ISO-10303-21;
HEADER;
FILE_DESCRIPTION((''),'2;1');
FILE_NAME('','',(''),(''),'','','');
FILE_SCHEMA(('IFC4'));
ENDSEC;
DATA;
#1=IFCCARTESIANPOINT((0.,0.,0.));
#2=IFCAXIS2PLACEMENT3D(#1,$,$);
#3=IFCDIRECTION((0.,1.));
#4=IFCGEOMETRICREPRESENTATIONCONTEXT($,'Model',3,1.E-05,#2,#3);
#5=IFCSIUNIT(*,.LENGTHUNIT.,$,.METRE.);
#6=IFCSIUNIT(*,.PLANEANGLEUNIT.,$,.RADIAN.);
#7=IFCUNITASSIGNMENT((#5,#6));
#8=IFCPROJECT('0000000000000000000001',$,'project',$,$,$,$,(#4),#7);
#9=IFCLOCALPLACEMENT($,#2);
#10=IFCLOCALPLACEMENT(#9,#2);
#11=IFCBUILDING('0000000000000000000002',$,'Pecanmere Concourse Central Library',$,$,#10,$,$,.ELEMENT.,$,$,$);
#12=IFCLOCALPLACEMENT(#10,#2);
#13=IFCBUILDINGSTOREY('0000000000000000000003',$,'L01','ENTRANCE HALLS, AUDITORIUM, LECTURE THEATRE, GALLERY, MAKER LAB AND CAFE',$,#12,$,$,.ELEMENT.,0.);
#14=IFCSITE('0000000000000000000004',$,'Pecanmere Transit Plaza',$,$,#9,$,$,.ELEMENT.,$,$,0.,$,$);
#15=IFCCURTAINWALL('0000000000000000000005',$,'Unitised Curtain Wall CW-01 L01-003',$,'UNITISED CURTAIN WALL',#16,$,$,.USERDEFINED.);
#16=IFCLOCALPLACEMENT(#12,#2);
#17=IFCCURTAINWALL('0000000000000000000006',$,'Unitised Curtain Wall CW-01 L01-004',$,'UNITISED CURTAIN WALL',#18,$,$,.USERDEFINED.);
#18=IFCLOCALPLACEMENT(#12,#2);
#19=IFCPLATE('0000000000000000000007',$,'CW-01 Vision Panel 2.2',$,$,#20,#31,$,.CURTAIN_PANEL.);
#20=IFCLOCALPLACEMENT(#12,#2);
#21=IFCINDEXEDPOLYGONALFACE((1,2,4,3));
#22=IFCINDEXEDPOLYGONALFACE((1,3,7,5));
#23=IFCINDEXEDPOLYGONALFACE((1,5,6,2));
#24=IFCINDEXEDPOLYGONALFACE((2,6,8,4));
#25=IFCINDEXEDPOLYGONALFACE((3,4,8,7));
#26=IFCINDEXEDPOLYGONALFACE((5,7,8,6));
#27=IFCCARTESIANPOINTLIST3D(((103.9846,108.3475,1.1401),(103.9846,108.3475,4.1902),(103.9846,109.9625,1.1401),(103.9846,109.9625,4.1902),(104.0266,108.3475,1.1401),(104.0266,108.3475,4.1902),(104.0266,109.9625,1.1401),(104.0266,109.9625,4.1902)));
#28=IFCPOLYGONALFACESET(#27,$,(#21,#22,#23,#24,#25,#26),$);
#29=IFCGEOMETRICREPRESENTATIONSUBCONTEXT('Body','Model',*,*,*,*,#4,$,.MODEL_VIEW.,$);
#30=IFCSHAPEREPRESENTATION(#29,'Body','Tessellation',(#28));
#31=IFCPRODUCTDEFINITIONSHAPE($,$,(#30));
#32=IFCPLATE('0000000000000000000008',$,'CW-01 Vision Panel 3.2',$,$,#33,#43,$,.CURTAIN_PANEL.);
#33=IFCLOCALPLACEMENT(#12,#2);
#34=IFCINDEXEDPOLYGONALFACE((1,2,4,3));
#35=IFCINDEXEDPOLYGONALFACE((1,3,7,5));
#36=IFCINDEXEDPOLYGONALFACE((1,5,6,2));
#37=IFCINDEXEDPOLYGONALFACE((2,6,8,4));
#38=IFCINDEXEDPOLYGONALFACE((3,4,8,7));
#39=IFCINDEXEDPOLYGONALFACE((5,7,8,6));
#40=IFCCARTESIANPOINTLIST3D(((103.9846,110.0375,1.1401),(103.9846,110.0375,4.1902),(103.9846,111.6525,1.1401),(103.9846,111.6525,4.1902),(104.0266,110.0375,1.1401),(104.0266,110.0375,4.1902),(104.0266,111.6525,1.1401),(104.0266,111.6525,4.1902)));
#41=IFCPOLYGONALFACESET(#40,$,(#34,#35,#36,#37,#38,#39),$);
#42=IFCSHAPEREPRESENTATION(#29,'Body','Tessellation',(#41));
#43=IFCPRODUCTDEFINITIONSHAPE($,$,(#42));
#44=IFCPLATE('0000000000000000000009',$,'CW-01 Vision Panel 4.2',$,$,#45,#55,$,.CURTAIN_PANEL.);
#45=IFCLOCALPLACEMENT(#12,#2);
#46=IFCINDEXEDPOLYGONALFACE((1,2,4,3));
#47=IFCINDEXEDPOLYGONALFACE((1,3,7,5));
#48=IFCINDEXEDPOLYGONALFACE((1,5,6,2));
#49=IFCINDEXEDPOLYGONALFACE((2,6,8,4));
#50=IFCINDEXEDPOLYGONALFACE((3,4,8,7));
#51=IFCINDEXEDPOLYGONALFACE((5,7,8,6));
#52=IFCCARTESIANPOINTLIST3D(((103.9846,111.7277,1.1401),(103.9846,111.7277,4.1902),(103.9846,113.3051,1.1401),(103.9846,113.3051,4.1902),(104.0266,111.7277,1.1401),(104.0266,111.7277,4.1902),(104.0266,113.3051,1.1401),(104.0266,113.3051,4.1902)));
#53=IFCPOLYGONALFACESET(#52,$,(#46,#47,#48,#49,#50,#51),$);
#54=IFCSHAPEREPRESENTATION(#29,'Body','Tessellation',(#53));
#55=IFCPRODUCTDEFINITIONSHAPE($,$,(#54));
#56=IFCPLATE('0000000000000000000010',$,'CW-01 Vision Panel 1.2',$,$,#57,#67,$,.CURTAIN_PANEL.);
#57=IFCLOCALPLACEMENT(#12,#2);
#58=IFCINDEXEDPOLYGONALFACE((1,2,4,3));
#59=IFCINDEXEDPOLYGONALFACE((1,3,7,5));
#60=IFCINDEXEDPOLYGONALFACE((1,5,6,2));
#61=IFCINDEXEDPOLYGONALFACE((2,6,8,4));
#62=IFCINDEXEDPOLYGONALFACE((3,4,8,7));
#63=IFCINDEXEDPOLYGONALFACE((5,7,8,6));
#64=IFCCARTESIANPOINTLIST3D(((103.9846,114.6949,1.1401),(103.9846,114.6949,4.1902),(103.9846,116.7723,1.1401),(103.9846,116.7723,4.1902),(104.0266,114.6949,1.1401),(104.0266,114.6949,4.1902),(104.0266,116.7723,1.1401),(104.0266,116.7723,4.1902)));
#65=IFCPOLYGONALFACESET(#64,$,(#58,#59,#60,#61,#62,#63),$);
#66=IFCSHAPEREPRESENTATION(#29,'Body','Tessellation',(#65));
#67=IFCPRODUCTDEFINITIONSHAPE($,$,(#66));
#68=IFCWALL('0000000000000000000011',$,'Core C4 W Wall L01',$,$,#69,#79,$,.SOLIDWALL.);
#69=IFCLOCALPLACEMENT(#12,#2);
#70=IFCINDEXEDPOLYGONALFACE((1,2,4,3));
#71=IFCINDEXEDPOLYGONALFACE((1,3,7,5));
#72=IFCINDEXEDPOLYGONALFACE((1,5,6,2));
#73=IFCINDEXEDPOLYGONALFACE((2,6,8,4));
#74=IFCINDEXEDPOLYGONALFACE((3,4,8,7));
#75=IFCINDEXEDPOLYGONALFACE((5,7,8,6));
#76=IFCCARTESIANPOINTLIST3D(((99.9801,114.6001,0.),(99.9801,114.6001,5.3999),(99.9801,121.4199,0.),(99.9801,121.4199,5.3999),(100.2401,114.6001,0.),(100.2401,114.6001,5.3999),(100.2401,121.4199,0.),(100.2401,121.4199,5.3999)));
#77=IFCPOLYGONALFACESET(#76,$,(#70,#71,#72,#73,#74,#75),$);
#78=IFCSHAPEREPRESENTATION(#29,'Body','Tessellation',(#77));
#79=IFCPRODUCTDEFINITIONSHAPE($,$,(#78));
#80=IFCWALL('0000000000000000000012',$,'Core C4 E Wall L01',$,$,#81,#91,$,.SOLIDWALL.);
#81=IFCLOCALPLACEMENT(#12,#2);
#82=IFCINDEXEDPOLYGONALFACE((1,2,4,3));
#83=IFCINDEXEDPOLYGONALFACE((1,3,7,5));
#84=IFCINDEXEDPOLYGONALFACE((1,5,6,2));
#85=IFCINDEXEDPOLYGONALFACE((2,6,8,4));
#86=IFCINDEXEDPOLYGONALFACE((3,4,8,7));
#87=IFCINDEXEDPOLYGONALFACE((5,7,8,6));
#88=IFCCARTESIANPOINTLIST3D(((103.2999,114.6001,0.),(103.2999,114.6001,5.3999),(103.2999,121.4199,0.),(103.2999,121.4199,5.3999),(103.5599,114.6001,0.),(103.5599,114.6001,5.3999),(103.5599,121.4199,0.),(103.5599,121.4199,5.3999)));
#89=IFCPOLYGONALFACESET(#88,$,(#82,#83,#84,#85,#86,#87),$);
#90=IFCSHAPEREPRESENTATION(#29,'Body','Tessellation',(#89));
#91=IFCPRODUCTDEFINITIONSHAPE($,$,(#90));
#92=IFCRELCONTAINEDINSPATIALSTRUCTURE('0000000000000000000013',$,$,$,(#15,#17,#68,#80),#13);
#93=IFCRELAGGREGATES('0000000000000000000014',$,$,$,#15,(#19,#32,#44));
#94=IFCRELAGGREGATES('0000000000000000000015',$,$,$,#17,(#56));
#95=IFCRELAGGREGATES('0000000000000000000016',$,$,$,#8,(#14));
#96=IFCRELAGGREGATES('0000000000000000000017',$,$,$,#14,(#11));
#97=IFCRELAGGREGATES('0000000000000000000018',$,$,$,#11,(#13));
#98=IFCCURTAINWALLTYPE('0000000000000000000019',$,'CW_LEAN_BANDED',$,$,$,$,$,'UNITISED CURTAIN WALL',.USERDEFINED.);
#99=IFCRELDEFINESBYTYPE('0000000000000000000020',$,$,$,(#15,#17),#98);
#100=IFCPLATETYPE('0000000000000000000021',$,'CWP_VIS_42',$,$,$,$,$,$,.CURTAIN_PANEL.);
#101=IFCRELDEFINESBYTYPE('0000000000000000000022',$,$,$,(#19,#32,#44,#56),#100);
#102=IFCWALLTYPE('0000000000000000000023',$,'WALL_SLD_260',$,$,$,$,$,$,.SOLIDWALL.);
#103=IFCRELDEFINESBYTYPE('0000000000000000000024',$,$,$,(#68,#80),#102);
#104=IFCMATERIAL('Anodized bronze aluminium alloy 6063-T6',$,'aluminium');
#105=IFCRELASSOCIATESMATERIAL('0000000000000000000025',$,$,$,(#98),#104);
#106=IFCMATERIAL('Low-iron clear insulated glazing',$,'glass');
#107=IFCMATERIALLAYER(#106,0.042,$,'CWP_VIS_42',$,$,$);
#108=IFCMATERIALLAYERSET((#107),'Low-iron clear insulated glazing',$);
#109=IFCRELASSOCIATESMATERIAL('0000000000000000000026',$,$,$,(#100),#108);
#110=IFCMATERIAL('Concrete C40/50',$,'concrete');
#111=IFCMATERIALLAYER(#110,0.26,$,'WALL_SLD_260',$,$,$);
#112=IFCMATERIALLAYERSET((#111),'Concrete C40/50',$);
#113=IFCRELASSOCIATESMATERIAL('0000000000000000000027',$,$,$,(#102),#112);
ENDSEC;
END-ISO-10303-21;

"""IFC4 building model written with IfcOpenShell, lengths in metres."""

from ifc_helpers import new_model, si_unit, direction, frame, frame_2d, origin, origin_2d, place, context, subcontext, project, spatial, rectangle, extrude, material, layer, layer_set, type_object, element, aggregate, save


model = new_model("IFC4")

# Units and contexts
model_context = context("Model", 3, precision=1e-05, world=origin(), true_north=direction((0.0, 1.0)))
body_context = subcontext(model_context, "Body", "Model", "MODEL_VIEW")
ifc_project = project(units=[si_unit("LENGTHUNIT", "METRE"), si_unit("PLANEANGLEUNIT", "RADIAN")], contexts=[model_context])

# Site, building, storey
site_placement = place(None, origin())
site = spatial("IfcSite", under=ifc_project, at=site_placement, Name="Pecanmere Transit Plaza", CompositionType="ELEMENT", RefElevation=0.0)
building_placement = place(site_placement, origin())
building = spatial("IfcBuilding", under=site, at=building_placement, Name="Pecanmere Concourse Central Library", CompositionType="ELEMENT")
storey_placement = place(building_placement, origin())
storey = spatial("IfcBuildingStorey", under=building, at=storey_placement, Name="L01", Description="ENTRANCE HALLS, AUDITORIUM, LECTURE THEATRE, GALLERY, MAKER LAB AND CAFE", CompositionType="ELEMENT", Elevation=0.0)

# Curtain wall
ifc_material_1 = material(Name="Anodized bronze aluminium alloy 6063-T6", Category="aluminium")
curtain_wall_type = type_object("IfcCurtainWallType", Name="CW_LEAN_BANDED", ElementType="UNITISED CURTAIN WALL", PredefinedType="USERDEFINED", material=ifc_material_1)
curtain_wall_1_placement = place(storey_placement, origin())
curtain_wall_1 = element("IfcCurtainWall", 1, at=curtain_wall_1_placement, inside=storey, type_object=curtain_wall_type, Name="Unitised Curtain Wall CW-01 L01-003", ObjectType="UNITISED CURTAIN WALL", PredefinedType="USERDEFINED")

# Curtain wall
curtain_wall_2_placement = place(storey_placement, origin())
curtain_wall_2 = element("IfcCurtainWall", 2, at=curtain_wall_2_placement, inside=storey, type_object=curtain_wall_type, Name="Unitised Curtain Wall CW-01 L01-004", ObjectType="UNITISED CURTAIN WALL", PredefinedType="USERDEFINED")

# Plates
ifc_material_2 = material(Name="Low-iron clear insulated glazing", Category="glass")
ifc_layer_1 = layer(ifc_material_2, 0.042, Name="CWP_VIS_42")
ifc_layer_set_1 = layer_set([ifc_layer_1], Name="Low-iron clear insulated glazing")
plate_type_1 = type_object("IfcPlateType", Name="CWP_VIS_42", PredefinedType="CURTAIN_PANEL", material=ifc_layer_set_1)
plate_1_placement = place(storey_placement, frame((104.0056, 109.155, 1.1401), z_axis=(0.0, 0.0, 1.0), x_axis=(0.0, 1.0, 0.0)))
plate_1 = element("IfcPlate", 3, at=plate_1_placement, type_object=plate_type_1, Name="CW-01 Vision Panel 2.2", PredefinedType="CURTAIN_PANEL", context=body_context, shape_type="SweptSolid", body=[
    extrude(rectangle(XDim=1.615, YDim=0.042, at=origin_2d()), origin(), (0.0, 0.0, 1.0), 3.05),
])
plate_2_placement = place(storey_placement, frame((104.0056, 110.845, 1.1401), z_axis=(0.0, 0.0, 1.0), x_axis=(0.0, 1.0, 0.0)))
plate_2 = element("IfcPlate", 4, at=plate_2_placement, type_object=plate_type_1, Name="CW-01 Vision Panel 3.2", PredefinedType="CURTAIN_PANEL", context=body_context, shape_type="SweptSolid", body=[
    extrude(rectangle(XDim=1.615, YDim=0.042, at=origin_2d()), origin(), (0.0, 0.0, 1.0), 3.05),
])
plate_3_placement = place(storey_placement, frame((104.0056, 112.5164, 1.1401), z_axis=(0.0, 0.0, 1.0), x_axis=(0.0, 1.0, 0.0)))
plate_3 = element("IfcPlate", 5, at=plate_3_placement, type_object=plate_type_1, Name="CW-01 Vision Panel 4.2", PredefinedType="CURTAIN_PANEL", context=body_context, shape_type="SweptSolid", body=[
    extrude(rectangle(XDim=1.5774, YDim=0.042, at=origin_2d()), origin(), (0.0, 0.0, 1.0), 3.05),
])
aggregate(curtain_wall_1, [plate_1, plate_2, plate_3])
plate_4_placement = place(storey_placement, frame((104.0056, 115.7336, 1.1401), z_axis=(0.0, 0.0, 1.0), x_axis=(0.0, 1.0, 0.0)))
plate_4 = element("IfcPlate", 6, at=plate_4_placement, type_object=plate_type_1, Name="CW-01 Vision Panel 1.2", PredefinedType="CURTAIN_PANEL", context=body_context, shape_type="SweptSolid", body=[
    extrude(rectangle(XDim=2.0774, YDim=0.042, at=origin_2d()), origin(), (0.0, 0.0, 1.0), 3.05),
])
aggregate(curtain_wall_2, [plate_4])

# Walls
ifc_material_3 = material(Name="Concrete C40/50", Category="concrete")
ifc_layer_2 = layer(ifc_material_3, 0.26, Name="WALL_SLD_260")
ifc_layer_set_2 = layer_set([ifc_layer_2], Name="Concrete C40/50")
wall_type = type_object("IfcWallType", Name="WALL_SLD_260", PredefinedType="SOLIDWALL", material=ifc_layer_set_2)
for number, where, z_axis, x_axis, name in (
    (7, (100.1101, 114.6001, 0.0), (0.0, 0.0, 1.0), (0.0, 1.0, 0.0), "Core C4 W Wall L01"),
    (8, (103.4299, 114.6001, 0.0), (0.0, 0.0, 1.0), (0.0, 1.0, 0.0), "Core C4 E Wall L01"),
):
    element("IfcWall", number, at=place(storey_placement, frame(where, z_axis=z_axis, x_axis=x_axis)), inside=storey, type_object=wall_type, Name=name, PredefinedType="SOLIDWALL", context=body_context, shape_type="SweptSolid", body=[
        extrude(rectangle(XDim=6.8198, YDim=0.26, at=frame_2d((3.4099, 0.0))), origin(), (0.0, 0.0, 1.0), 5.3999),
    ])

save(model, "model.ifc")
